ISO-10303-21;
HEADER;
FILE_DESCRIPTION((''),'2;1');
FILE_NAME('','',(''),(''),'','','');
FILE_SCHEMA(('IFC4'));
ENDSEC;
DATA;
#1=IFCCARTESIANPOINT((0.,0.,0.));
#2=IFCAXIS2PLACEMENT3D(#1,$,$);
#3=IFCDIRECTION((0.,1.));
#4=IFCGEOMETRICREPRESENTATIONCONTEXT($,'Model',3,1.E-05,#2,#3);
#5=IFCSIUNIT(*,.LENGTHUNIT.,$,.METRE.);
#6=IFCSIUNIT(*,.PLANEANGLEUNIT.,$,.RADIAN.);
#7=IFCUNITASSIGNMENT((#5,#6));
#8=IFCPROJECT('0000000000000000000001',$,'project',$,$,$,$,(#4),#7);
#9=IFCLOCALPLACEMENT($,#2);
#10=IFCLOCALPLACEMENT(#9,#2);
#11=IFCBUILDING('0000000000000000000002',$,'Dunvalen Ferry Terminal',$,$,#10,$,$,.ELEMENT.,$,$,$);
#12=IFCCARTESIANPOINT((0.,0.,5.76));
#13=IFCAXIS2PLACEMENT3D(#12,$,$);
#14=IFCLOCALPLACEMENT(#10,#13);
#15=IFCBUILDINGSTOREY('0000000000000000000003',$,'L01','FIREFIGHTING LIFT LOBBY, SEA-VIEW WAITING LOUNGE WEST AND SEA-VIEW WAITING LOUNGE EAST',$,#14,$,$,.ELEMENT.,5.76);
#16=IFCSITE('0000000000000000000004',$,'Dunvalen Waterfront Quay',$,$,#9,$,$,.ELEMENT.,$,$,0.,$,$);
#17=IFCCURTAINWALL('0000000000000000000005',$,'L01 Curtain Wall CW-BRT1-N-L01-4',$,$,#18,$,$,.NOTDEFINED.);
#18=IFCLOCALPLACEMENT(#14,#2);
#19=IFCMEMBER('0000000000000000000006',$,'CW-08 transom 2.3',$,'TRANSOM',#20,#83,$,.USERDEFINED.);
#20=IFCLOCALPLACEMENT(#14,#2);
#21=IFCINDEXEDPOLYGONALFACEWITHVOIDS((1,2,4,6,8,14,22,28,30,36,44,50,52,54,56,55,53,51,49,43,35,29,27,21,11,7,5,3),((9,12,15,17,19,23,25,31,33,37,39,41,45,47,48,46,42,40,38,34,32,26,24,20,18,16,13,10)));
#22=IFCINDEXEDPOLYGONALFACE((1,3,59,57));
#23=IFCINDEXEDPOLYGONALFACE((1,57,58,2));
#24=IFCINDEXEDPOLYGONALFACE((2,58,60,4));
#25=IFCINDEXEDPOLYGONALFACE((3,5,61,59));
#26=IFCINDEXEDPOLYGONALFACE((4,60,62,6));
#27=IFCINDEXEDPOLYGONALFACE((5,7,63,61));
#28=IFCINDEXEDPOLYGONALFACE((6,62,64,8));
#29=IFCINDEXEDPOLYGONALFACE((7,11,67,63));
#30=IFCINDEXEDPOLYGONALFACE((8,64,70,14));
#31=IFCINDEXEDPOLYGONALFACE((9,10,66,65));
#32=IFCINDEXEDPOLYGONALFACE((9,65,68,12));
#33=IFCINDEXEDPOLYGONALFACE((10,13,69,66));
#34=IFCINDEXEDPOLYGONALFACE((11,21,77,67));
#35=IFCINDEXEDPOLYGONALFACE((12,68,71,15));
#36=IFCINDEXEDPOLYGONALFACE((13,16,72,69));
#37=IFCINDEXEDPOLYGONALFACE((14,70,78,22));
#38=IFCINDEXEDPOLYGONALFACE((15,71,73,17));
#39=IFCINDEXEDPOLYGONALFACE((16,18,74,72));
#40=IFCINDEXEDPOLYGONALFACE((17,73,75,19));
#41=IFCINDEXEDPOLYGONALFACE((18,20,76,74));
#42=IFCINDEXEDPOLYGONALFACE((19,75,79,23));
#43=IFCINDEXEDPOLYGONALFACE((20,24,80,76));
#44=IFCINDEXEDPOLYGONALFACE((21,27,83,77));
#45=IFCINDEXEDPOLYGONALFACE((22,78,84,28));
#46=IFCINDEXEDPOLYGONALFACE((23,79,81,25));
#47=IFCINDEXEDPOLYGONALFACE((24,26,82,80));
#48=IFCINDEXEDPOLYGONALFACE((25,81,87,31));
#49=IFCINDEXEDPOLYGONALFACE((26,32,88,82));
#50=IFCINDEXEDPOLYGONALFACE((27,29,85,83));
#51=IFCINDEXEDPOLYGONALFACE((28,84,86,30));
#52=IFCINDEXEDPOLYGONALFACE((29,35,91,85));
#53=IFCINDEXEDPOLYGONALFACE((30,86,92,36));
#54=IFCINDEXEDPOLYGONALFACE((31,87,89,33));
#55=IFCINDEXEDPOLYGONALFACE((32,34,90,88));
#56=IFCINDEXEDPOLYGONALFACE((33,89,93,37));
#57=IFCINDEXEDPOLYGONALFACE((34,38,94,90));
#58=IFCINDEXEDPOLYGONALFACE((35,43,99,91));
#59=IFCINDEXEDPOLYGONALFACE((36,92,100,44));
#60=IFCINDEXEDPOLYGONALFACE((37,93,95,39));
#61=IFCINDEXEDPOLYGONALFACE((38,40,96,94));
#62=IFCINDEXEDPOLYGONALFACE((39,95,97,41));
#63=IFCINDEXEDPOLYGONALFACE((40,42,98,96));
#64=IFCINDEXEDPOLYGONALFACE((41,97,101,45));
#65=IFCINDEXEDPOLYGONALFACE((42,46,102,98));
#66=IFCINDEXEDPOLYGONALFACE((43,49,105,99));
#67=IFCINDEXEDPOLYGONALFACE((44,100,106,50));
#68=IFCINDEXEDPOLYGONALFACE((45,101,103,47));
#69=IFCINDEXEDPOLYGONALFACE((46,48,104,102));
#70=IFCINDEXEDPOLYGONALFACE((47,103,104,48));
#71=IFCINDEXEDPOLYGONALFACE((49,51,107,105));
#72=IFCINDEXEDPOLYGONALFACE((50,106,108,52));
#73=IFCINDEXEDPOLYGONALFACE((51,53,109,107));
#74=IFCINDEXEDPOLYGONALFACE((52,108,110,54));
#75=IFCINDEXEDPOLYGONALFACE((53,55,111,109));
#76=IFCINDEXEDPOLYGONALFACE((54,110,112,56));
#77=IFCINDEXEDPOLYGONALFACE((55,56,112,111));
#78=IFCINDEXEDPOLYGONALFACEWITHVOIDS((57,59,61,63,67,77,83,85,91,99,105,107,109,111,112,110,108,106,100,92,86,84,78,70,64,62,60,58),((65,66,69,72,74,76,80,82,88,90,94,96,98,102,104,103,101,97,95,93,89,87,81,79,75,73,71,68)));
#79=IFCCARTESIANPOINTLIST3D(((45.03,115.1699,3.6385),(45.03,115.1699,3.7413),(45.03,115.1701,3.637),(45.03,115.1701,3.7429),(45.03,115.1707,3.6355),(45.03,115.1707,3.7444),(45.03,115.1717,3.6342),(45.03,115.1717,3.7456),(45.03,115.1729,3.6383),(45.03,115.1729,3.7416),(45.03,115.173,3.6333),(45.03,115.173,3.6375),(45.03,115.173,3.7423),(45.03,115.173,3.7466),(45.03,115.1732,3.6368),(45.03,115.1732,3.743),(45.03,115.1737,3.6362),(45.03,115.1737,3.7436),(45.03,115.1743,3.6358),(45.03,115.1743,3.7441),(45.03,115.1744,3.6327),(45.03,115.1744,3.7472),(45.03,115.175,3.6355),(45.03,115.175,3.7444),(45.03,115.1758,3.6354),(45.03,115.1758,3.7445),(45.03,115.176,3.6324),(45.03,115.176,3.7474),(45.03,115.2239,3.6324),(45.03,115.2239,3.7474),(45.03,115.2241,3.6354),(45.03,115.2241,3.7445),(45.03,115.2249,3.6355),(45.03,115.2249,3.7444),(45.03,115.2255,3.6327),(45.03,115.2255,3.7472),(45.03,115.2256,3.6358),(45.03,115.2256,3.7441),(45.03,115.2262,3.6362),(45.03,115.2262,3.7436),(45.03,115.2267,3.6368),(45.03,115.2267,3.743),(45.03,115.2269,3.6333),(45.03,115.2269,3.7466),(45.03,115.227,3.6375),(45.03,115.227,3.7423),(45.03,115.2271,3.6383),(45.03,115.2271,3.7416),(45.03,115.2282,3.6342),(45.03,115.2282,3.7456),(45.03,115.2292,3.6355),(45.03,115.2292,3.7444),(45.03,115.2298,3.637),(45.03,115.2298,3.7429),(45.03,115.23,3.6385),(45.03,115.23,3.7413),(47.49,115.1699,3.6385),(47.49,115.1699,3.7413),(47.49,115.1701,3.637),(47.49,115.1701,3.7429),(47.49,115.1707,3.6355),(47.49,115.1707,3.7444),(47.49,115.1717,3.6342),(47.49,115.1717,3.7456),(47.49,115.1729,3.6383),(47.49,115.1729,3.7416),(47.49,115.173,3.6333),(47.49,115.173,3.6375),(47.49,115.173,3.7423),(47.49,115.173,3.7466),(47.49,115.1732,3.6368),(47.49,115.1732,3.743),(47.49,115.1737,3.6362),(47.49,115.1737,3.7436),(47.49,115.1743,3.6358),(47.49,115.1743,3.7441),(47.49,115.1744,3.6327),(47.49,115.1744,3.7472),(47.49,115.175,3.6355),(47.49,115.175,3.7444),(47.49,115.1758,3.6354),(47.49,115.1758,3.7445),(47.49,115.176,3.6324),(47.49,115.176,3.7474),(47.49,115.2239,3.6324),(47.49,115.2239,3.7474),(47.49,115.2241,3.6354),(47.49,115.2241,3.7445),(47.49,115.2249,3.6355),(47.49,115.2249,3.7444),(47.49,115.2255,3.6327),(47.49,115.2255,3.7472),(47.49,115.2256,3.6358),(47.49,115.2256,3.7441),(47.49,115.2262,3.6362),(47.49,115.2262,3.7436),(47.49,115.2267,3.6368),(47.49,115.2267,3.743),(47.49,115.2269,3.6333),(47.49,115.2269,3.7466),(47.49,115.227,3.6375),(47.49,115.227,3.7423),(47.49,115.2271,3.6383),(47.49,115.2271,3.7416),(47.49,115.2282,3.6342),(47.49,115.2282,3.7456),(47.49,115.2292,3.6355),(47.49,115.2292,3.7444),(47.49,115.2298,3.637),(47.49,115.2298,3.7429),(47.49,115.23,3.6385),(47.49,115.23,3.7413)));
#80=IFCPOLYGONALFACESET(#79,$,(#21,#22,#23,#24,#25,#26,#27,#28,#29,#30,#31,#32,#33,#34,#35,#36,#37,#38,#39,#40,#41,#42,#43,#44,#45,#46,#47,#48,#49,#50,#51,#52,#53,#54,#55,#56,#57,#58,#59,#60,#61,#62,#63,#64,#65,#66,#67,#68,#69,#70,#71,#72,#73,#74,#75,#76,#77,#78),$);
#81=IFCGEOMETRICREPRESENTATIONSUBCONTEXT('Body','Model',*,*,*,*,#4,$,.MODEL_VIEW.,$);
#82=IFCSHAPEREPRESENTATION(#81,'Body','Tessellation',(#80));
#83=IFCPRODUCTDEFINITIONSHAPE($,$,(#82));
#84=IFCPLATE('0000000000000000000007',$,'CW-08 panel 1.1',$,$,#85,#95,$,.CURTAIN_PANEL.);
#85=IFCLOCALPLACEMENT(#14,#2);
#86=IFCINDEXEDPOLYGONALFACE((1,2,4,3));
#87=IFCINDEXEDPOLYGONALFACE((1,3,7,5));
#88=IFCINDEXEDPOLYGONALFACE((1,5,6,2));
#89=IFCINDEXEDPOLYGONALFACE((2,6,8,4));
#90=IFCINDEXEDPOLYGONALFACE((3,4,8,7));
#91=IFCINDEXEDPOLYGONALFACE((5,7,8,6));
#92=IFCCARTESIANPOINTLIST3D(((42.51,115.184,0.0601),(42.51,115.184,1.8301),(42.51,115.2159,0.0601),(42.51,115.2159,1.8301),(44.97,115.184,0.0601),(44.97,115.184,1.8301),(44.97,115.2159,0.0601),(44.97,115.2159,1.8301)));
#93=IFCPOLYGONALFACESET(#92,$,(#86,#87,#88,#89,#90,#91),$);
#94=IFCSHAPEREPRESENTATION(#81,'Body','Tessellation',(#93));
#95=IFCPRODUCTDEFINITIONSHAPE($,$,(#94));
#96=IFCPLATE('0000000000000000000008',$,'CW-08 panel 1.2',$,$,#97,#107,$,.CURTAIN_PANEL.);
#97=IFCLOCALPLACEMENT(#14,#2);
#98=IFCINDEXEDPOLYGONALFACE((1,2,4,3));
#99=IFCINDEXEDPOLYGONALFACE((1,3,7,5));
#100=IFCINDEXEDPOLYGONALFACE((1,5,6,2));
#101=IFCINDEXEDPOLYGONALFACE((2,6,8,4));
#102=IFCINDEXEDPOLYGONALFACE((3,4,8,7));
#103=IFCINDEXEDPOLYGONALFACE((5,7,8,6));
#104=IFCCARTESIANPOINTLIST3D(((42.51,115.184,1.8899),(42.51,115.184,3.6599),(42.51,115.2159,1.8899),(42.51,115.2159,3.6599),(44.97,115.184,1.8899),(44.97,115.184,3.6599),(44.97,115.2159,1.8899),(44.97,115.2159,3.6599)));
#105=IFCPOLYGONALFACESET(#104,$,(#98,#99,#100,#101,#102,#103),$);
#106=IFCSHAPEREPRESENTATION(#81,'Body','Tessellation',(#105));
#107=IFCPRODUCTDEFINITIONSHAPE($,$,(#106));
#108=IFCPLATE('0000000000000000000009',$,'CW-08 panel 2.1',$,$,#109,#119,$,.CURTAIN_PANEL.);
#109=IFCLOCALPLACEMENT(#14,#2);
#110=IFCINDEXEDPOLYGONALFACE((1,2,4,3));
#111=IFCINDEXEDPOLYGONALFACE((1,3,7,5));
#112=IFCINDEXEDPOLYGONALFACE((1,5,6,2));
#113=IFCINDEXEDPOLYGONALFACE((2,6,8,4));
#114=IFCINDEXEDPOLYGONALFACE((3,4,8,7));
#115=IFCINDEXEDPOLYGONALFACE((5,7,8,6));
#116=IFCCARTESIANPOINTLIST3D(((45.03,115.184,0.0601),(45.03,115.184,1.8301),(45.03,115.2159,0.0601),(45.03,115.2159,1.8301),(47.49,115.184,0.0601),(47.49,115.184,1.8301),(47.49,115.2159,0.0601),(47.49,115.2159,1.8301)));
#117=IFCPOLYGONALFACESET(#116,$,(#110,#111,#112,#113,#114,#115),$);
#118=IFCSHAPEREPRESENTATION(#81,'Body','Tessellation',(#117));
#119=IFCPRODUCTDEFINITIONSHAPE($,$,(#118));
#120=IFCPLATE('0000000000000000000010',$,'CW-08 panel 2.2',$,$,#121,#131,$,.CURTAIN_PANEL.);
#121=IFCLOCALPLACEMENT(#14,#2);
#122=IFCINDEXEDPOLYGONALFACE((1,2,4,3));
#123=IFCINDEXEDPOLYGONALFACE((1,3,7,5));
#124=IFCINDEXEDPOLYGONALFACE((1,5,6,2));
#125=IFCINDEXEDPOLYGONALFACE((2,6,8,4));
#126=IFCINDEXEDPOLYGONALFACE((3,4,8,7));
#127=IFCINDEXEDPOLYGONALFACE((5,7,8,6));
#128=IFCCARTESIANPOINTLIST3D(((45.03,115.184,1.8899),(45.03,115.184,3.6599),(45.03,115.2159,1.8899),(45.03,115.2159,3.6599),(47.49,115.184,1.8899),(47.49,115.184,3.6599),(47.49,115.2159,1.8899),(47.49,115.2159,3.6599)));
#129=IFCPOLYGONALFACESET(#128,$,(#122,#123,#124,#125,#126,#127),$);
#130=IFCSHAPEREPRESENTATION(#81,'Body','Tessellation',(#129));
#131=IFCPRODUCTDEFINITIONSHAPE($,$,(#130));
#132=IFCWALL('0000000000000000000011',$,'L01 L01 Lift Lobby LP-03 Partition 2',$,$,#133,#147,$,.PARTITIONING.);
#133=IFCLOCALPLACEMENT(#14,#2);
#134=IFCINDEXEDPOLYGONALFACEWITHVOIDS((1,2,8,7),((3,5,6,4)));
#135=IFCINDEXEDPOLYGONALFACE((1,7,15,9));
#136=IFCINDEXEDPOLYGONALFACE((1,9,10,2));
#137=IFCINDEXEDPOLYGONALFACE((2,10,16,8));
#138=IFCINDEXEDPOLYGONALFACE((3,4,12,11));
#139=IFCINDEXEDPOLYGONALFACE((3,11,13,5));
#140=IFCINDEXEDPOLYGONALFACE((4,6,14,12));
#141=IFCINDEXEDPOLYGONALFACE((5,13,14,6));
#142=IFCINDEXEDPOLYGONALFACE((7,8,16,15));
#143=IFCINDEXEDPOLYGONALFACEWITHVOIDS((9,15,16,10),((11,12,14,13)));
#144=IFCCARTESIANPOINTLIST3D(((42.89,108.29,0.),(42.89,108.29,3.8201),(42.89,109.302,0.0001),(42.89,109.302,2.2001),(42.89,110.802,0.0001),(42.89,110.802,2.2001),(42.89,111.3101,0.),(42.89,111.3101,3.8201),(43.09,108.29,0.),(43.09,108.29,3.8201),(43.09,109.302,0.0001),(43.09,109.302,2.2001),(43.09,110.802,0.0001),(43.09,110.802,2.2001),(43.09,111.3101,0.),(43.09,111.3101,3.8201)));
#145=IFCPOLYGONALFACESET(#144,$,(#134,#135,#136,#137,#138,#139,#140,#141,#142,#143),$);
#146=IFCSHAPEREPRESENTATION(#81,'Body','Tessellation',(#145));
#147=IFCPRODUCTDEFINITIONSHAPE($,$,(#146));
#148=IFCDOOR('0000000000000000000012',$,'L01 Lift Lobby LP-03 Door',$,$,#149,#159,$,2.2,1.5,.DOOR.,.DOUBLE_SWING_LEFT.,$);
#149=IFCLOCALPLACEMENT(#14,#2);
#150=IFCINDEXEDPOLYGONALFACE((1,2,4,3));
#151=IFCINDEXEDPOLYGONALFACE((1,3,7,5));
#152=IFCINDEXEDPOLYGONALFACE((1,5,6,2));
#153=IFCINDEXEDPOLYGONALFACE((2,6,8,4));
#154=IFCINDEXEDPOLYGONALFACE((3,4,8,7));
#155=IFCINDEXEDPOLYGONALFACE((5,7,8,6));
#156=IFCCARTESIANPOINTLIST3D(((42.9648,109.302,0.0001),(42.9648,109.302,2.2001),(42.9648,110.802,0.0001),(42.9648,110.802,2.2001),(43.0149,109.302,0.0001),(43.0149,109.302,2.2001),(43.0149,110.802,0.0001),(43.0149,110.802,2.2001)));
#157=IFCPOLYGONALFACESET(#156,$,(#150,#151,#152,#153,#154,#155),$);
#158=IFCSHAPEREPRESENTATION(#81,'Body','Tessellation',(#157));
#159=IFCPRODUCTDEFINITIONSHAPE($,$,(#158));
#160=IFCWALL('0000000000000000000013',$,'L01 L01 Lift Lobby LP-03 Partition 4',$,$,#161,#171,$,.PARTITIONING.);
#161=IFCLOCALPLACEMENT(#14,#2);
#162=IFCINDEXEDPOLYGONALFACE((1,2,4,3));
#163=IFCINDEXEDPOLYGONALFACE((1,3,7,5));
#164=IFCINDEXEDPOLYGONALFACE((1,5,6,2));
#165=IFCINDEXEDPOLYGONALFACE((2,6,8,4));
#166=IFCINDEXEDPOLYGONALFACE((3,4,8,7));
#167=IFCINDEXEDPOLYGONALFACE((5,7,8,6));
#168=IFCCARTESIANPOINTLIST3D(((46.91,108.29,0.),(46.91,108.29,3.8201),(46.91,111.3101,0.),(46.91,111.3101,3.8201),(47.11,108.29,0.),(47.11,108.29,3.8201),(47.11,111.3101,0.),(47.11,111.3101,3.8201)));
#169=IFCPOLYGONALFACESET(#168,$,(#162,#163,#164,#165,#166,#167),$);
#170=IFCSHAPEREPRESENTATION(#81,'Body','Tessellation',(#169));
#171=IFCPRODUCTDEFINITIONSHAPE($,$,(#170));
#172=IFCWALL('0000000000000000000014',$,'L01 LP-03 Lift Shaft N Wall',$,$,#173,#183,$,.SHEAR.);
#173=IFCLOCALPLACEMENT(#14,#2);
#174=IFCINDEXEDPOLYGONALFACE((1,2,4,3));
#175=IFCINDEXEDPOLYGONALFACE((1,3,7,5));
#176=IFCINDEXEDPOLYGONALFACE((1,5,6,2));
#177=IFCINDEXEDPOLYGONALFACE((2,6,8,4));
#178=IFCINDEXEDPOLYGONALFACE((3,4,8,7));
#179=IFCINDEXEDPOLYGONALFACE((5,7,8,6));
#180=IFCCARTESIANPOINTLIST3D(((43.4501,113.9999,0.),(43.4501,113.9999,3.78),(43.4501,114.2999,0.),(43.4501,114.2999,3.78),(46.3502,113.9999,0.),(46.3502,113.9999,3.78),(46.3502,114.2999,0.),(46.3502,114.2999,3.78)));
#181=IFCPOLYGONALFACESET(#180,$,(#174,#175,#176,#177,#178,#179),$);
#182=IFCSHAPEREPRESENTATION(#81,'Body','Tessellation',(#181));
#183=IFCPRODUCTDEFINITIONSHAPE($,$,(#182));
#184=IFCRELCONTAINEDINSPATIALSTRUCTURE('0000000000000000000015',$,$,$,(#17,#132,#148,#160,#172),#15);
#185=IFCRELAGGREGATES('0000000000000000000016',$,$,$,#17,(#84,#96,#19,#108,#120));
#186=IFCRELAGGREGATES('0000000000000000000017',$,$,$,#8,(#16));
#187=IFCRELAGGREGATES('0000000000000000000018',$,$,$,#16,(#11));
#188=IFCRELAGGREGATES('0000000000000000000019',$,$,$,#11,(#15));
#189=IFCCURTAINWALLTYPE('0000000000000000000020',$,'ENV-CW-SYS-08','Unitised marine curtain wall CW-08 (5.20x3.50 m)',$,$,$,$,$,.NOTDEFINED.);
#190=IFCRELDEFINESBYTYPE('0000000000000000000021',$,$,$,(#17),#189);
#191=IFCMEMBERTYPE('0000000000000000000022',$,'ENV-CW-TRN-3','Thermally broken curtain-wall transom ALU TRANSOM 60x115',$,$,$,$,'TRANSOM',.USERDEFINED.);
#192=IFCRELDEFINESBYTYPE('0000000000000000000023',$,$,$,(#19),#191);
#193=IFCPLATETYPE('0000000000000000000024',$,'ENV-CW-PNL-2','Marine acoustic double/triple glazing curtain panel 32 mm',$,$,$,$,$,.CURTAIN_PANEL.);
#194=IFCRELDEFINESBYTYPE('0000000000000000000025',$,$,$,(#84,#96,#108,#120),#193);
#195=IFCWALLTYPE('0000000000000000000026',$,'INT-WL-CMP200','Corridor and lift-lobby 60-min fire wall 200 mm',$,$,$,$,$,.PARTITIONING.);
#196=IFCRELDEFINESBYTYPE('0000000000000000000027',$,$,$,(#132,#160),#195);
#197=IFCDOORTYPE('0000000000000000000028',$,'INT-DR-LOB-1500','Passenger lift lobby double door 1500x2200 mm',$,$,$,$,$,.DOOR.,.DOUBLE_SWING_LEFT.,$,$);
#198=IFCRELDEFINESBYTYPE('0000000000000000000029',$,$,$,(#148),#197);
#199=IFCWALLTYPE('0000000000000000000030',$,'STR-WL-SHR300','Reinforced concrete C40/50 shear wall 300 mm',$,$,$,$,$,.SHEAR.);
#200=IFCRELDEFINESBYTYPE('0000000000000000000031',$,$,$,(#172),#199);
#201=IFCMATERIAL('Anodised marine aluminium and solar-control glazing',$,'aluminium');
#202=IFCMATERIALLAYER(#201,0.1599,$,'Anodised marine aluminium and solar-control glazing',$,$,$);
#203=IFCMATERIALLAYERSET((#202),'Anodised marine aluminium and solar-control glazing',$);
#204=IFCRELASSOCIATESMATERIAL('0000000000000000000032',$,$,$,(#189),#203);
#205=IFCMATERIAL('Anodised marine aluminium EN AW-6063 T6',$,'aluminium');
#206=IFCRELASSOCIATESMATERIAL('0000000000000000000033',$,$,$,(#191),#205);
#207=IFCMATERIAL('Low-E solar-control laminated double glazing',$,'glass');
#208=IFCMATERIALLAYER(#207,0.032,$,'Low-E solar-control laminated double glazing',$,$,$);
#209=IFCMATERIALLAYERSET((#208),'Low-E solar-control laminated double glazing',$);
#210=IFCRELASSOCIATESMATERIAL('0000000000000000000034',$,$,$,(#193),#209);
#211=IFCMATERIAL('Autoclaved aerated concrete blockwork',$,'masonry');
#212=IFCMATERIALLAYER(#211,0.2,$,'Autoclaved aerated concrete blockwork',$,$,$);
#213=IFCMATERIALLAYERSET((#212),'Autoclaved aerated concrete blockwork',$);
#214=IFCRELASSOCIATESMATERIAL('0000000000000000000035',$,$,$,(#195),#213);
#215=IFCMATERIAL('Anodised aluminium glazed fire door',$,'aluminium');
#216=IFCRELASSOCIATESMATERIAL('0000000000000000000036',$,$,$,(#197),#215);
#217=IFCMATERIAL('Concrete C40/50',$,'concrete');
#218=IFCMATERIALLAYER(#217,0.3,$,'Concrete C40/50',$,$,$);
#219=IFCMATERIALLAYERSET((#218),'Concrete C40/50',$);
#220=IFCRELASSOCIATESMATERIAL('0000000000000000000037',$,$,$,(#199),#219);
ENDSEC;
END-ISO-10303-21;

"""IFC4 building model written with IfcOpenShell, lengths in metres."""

from ifc_helpers import new_model, si_unit, direction, frame, frame_2d, origin, origin_2d, place, context, subcontext, project, spatial, rectangle, hollow_rectangle, extrude, material, layer, layer_set, material_profile, profile_set, type_object, element, fill, aggregate, save


model = new_model("IFC4")

# Units and contexts
model_context = context("Model", 3, precision=1e-05, world=origin(), true_north=direction((0.0, 1.0)))
body_context = subcontext(model_context, "Body", "Model", "MODEL_VIEW")
ifc_project = project(units=[si_unit("LENGTHUNIT", "METRE"), si_unit("PLANEANGLEUNIT", "RADIAN")], contexts=[model_context])

# Site, building, storey
site_placement = place(None, origin())
site = spatial("IfcSite", under=ifc_project, at=site_placement, Name="Dunvalen Waterfront Quay", CompositionType="ELEMENT", RefElevation=0.0)
building_placement = place(site_placement, origin())
building = spatial("IfcBuilding", under=site, at=building_placement, Name="Dunvalen Ferry Terminal", CompositionType="ELEMENT")
storey_placement = place(building_placement, frame((0.0, 0.0, 5.76)))
storey = spatial("IfcBuildingStorey", under=building, at=storey_placement, Name="L01", Description="FIREFIGHTING LIFT LOBBY, SEA-VIEW WAITING LOUNGE WEST AND SEA-VIEW WAITING LOUNGE EAST", CompositionType="ELEMENT", Elevation=5.76)

# Curtain wall, member, plates
ifc_material_1 = material(Name="Anodised marine aluminium and solar-control glazing", Category="aluminium")
ifc_layer_1 = layer(ifc_material_1, 0.1599, Name="Anodised marine aluminium and solar-control glazing")
ifc_layer_set_1 = layer_set([ifc_layer_1], Name="Anodised marine aluminium and solar-control glazing")
curtain_wall_type = type_object("IfcCurtainWallType", Name="ENV-CW-SYS-08", Description="Unitised marine curtain wall CW-08 (5.20x3.50 m)", PredefinedType="NOTDEFINED", material=ifc_layer_set_1)
curtain_wall_placement = place(storey_placement, origin())
curtain_wall = element("IfcCurtainWall", 1, at=curtain_wall_placement, inside=storey, type_object=curtain_wall_type, Name="L01 Curtain Wall CW-BRT1-N-L01-4", PredefinedType="NOTDEFINED")
ifc_material_2 = material(Name="Anodised marine aluminium EN AW-6063 T6", Category="aluminium")
ifc_material_profile_1 = material_profile(ifc_material_2, hollow_rectangle(XDim=0.0601, YDim=0.115, WallThickness=0.0029, InnerFilletRadius=0.0029, OuterFilletRadius=0.0061, at=origin_2d()), Name="Anodised marine aluminium EN AW-6063 T6")
ifc_profile_set_1 = profile_set([ifc_material_profile_1], Name="Anodised marine aluminium EN AW-6063 T6")
member_type_1 = type_object("IfcMemberType", Name="ENV-CW-TRN-3", Description="Thermally broken curtain-wall transom ALU TRANSOM 60x115", ElementType="TRANSOM", PredefinedType="USERDEFINED", material=ifc_profile_set_1)
member_1_placement = place(storey_placement, frame((45.03, 115.2, 3.6899), z_axis=(1.0, 0.0, 0.0), x_axis=(0.0, 1.0, 0.0)))
member_1 = element("IfcMember", 2, at=member_1_placement, type_object=member_type_1, Name="CW-08 transom 2.3", ObjectType="TRANSOM", PredefinedType="USERDEFINED", context=body_context, shape_type="SweptSolid", body=[
    extrude(hollow_rectangle(XDim=0.0601, YDim=0.115, WallThickness=0.0029, InnerFilletRadius=0.0029, OuterFilletRadius=0.0061, at=origin_2d()), origin(), (0.0, 0.0, 1.0), 2.46),
])
ifc_material_3 = material(Name="Low-E solar-control laminated double glazing", Category="glass")
ifc_layer_2 = layer(ifc_material_3, 0.032, Name="Low-E solar-control laminated double glazing")
ifc_layer_set_2 = layer_set([ifc_layer_2], Name="Low-E solar-control laminated double glazing")
plate_type = type_object("IfcPlateType", Name="ENV-CW-PNL-2", Description="Marine acoustic double/triple glazing curtain panel 32 mm", PredefinedType="CURTAIN_PANEL", material=ifc_layer_set_2)
plate_1_placement = place(storey_placement, frame((43.74, 115.2, 0.0601), z_axis=(0.0, 0.0, 1.0), x_axis=(1.0, 0.0, 0.0)))
plate_1 = element("IfcPlate", 3, at=plate_1_placement, type_object=plate_type, Name="CW-08 panel 1.1", PredefinedType="CURTAIN_PANEL", context=body_context, shape_type="SweptSolid", body=[
    extrude(rectangle(XDim=2.46, YDim=0.032, at=origin_2d()), origin(), (0.0, 0.0, 1.0), 1.77),
])
plate_2_placement = place(storey_placement, frame((43.74, 115.2, 1.8899), z_axis=(0.0, 0.0, 1.0), x_axis=(1.0, 0.0, 0.0)))
plate_2 = element("IfcPlate", 4, at=plate_2_placement, type_object=plate_type, Name="CW-08 panel 1.2", PredefinedType="CURTAIN_PANEL", context=body_context, shape_type="SweptSolid", body=[
    extrude(rectangle(XDim=2.46, YDim=0.032, at=origin_2d()), origin(), (0.0, 0.0, 1.0), 1.77),
])
plate_3_placement = place(storey_placement, frame((46.26, 115.2, 0.0601), z_axis=(0.0, 0.0, 1.0), x_axis=(1.0, 0.0, 0.0)))
plate_3 = element("IfcPlate", 5, at=plate_3_placement, type_object=plate_type, Name="CW-08 panel 2.1", PredefinedType="CURTAIN_PANEL", context=body_context, shape_type="SweptSolid", body=[
    extrude(rectangle(XDim=2.46, YDim=0.032, at=origin_2d()), origin(), (0.0, 0.0, 1.0), 1.77),
])
plate_4_placement = place(storey_placement, frame((46.26, 115.2, 1.8899), z_axis=(0.0, 0.0, 1.0), x_axis=(1.0, 0.0, 0.0)))
plate_4 = element("IfcPlate", 6, at=plate_4_placement, type_object=plate_type, Name="CW-08 panel 2.2", PredefinedType="CURTAIN_PANEL", context=body_context, shape_type="SweptSolid", body=[
    extrude(rectangle(XDim=2.46, YDim=0.032, at=origin_2d()), origin(), (0.0, 0.0, 1.0), 1.77),
])
aggregate(curtain_wall, [plate_1, plate_2, member_1, plate_3, plate_4])

# Wall, opening, door
ifc_material_4 = material(Name="Autoclaved aerated concrete blockwork", Category="masonry")
ifc_layer_3 = layer(ifc_material_4, 0.2, Name="Autoclaved aerated concrete blockwork")
ifc_layer_set_3 = layer_set([ifc_layer_3], Name="Autoclaved aerated concrete blockwork")
wall_type_1 = type_object("IfcWallType", Name="INT-WL-CMP200", Description="Corridor and lift-lobby 60-min fire wall 200 mm", PredefinedType="PARTITIONING", material=ifc_layer_set_3)
wall_1_placement = place(storey_placement, frame((42.99, 111.3101, 0.0), z_axis=(0.0, 0.0, 1.0), x_axis=(0.0, -1.0, 0.0)))
wall_1 = element("IfcWall", 7, at=wall_1_placement, inside=storey, type_object=wall_type_1, Name="L01 L01 Lift Lobby LP-03 Partition 2", PredefinedType="PARTITIONING", context=body_context, shape_type="SweptSolid", body=[
    extrude(rectangle(XDim=3.02, YDim=0.2, at=frame_2d((1.51, 0.0))), origin(), (0.0, 0.0, 1.0), 3.8201),
])
opening_1_placement = place(wall_1_placement, frame((0.5081, 0.0, 0.0)))
opening_1 = element("IfcOpeningElement", 8, at=opening_1_placement, cuts=wall_1, PredefinedType="OPENING", context=body_context, shape_type="SweptSolid", body=[
    extrude(rectangle(XDim=1.5, YDim=2.2, at=frame_2d((0.75, 1.1001))), frame((0.0, 0.1099, 0.0), z_axis=(0.0, -1.0, 0.0), x_axis=(1.0, 0.0, 0.0)), (0.0, 0.0, 1.0), 0.22),
])
ifc_material_5 = material(Name="Anodised aluminium glazed fire door", Category="aluminium")
door_type_1 = type_object("IfcDoorType", Name="INT-DR-LOB-1500", Description="Passenger lift lobby double door 1500x2200 mm", OperationType="DOUBLE_SWING_LEFT", PredefinedType="DOOR", material=ifc_material_5)
door_1_placement = place(opening_1_placement, origin())
door_1 = element("IfcDoor", 9, at=door_1_placement, inside=storey, type_object=door_type_1, Name="L01 Lift Lobby LP-03 Door", OperationType="DOUBLE_SWING_LEFT", OverallHeight=2.2, OverallWidth=1.5, PredefinedType="DOOR", context=body_context, shape_type="SweptSolid", body=[
    extrude(rectangle(XDim=1.5, YDim=2.2, at=frame_2d((0.75, 1.1001))), frame((0.0, 0.0249, 0.0), z_axis=(0.0, -1.0, 0.0), x_axis=(1.0, 0.0, 0.0)), (0.0, 0.0, 1.0), 0.05),
])
fill(opening_1, door_1)

# Wall
wall_2_placement = place(storey_placement, frame((47.01, 108.29, 0.0), z_axis=(0.0, 0.0, 1.0), x_axis=(0.0, 1.0, 0.0)))
element("IfcWall", 10, at=wall_2_placement, inside=storey, type_object=wall_type_1, Name="L01 L01 Lift Lobby LP-03 Partition 4", PredefinedType="PARTITIONING", context=body_context, shape_type="SweptSolid", body=[
    extrude(rectangle(XDim=3.02, YDim=0.2, at=frame_2d((1.51, 0.0))), origin(), (0.0, 0.0, 1.0), 3.8201),
])

# Shared definitions
ifc_material_6 = material(Name="Concrete C40/50", Category="concrete")
ifc_layer_4 = layer(ifc_material_6, 0.3, Name="Concrete C40/50")
ifc_layer_set_4 = layer_set([ifc_layer_4], Name="Concrete C40/50")
wall_type_2 = type_object("IfcWallType", Name="STR-WL-SHR300", Description="Reinforced concrete C40/50 shear wall 300 mm", PredefinedType="SHEAR", material=ifc_layer_set_4)

# Wall
wall_3_placement = place(storey_placement, frame((43.45, 114.1499, 0.0), z_axis=(0.0, 0.0, 1.0), x_axis=(1.0, 0.0, 0.0)))
element("IfcWall", 11, at=wall_3_placement, inside=storey, type_object=wall_type_2, Name="L01 LP-03 Lift Shaft N Wall", PredefinedType="SHEAR", context=body_context, shape_type="SweptSolid", body=[
    extrude(rectangle(XDim=2.9001, YDim=0.3, at=frame_2d((1.4502, 0.0))), origin(), (0.0, 0.0, 1.0), 3.78),
])

save(model, "model.ifc")
